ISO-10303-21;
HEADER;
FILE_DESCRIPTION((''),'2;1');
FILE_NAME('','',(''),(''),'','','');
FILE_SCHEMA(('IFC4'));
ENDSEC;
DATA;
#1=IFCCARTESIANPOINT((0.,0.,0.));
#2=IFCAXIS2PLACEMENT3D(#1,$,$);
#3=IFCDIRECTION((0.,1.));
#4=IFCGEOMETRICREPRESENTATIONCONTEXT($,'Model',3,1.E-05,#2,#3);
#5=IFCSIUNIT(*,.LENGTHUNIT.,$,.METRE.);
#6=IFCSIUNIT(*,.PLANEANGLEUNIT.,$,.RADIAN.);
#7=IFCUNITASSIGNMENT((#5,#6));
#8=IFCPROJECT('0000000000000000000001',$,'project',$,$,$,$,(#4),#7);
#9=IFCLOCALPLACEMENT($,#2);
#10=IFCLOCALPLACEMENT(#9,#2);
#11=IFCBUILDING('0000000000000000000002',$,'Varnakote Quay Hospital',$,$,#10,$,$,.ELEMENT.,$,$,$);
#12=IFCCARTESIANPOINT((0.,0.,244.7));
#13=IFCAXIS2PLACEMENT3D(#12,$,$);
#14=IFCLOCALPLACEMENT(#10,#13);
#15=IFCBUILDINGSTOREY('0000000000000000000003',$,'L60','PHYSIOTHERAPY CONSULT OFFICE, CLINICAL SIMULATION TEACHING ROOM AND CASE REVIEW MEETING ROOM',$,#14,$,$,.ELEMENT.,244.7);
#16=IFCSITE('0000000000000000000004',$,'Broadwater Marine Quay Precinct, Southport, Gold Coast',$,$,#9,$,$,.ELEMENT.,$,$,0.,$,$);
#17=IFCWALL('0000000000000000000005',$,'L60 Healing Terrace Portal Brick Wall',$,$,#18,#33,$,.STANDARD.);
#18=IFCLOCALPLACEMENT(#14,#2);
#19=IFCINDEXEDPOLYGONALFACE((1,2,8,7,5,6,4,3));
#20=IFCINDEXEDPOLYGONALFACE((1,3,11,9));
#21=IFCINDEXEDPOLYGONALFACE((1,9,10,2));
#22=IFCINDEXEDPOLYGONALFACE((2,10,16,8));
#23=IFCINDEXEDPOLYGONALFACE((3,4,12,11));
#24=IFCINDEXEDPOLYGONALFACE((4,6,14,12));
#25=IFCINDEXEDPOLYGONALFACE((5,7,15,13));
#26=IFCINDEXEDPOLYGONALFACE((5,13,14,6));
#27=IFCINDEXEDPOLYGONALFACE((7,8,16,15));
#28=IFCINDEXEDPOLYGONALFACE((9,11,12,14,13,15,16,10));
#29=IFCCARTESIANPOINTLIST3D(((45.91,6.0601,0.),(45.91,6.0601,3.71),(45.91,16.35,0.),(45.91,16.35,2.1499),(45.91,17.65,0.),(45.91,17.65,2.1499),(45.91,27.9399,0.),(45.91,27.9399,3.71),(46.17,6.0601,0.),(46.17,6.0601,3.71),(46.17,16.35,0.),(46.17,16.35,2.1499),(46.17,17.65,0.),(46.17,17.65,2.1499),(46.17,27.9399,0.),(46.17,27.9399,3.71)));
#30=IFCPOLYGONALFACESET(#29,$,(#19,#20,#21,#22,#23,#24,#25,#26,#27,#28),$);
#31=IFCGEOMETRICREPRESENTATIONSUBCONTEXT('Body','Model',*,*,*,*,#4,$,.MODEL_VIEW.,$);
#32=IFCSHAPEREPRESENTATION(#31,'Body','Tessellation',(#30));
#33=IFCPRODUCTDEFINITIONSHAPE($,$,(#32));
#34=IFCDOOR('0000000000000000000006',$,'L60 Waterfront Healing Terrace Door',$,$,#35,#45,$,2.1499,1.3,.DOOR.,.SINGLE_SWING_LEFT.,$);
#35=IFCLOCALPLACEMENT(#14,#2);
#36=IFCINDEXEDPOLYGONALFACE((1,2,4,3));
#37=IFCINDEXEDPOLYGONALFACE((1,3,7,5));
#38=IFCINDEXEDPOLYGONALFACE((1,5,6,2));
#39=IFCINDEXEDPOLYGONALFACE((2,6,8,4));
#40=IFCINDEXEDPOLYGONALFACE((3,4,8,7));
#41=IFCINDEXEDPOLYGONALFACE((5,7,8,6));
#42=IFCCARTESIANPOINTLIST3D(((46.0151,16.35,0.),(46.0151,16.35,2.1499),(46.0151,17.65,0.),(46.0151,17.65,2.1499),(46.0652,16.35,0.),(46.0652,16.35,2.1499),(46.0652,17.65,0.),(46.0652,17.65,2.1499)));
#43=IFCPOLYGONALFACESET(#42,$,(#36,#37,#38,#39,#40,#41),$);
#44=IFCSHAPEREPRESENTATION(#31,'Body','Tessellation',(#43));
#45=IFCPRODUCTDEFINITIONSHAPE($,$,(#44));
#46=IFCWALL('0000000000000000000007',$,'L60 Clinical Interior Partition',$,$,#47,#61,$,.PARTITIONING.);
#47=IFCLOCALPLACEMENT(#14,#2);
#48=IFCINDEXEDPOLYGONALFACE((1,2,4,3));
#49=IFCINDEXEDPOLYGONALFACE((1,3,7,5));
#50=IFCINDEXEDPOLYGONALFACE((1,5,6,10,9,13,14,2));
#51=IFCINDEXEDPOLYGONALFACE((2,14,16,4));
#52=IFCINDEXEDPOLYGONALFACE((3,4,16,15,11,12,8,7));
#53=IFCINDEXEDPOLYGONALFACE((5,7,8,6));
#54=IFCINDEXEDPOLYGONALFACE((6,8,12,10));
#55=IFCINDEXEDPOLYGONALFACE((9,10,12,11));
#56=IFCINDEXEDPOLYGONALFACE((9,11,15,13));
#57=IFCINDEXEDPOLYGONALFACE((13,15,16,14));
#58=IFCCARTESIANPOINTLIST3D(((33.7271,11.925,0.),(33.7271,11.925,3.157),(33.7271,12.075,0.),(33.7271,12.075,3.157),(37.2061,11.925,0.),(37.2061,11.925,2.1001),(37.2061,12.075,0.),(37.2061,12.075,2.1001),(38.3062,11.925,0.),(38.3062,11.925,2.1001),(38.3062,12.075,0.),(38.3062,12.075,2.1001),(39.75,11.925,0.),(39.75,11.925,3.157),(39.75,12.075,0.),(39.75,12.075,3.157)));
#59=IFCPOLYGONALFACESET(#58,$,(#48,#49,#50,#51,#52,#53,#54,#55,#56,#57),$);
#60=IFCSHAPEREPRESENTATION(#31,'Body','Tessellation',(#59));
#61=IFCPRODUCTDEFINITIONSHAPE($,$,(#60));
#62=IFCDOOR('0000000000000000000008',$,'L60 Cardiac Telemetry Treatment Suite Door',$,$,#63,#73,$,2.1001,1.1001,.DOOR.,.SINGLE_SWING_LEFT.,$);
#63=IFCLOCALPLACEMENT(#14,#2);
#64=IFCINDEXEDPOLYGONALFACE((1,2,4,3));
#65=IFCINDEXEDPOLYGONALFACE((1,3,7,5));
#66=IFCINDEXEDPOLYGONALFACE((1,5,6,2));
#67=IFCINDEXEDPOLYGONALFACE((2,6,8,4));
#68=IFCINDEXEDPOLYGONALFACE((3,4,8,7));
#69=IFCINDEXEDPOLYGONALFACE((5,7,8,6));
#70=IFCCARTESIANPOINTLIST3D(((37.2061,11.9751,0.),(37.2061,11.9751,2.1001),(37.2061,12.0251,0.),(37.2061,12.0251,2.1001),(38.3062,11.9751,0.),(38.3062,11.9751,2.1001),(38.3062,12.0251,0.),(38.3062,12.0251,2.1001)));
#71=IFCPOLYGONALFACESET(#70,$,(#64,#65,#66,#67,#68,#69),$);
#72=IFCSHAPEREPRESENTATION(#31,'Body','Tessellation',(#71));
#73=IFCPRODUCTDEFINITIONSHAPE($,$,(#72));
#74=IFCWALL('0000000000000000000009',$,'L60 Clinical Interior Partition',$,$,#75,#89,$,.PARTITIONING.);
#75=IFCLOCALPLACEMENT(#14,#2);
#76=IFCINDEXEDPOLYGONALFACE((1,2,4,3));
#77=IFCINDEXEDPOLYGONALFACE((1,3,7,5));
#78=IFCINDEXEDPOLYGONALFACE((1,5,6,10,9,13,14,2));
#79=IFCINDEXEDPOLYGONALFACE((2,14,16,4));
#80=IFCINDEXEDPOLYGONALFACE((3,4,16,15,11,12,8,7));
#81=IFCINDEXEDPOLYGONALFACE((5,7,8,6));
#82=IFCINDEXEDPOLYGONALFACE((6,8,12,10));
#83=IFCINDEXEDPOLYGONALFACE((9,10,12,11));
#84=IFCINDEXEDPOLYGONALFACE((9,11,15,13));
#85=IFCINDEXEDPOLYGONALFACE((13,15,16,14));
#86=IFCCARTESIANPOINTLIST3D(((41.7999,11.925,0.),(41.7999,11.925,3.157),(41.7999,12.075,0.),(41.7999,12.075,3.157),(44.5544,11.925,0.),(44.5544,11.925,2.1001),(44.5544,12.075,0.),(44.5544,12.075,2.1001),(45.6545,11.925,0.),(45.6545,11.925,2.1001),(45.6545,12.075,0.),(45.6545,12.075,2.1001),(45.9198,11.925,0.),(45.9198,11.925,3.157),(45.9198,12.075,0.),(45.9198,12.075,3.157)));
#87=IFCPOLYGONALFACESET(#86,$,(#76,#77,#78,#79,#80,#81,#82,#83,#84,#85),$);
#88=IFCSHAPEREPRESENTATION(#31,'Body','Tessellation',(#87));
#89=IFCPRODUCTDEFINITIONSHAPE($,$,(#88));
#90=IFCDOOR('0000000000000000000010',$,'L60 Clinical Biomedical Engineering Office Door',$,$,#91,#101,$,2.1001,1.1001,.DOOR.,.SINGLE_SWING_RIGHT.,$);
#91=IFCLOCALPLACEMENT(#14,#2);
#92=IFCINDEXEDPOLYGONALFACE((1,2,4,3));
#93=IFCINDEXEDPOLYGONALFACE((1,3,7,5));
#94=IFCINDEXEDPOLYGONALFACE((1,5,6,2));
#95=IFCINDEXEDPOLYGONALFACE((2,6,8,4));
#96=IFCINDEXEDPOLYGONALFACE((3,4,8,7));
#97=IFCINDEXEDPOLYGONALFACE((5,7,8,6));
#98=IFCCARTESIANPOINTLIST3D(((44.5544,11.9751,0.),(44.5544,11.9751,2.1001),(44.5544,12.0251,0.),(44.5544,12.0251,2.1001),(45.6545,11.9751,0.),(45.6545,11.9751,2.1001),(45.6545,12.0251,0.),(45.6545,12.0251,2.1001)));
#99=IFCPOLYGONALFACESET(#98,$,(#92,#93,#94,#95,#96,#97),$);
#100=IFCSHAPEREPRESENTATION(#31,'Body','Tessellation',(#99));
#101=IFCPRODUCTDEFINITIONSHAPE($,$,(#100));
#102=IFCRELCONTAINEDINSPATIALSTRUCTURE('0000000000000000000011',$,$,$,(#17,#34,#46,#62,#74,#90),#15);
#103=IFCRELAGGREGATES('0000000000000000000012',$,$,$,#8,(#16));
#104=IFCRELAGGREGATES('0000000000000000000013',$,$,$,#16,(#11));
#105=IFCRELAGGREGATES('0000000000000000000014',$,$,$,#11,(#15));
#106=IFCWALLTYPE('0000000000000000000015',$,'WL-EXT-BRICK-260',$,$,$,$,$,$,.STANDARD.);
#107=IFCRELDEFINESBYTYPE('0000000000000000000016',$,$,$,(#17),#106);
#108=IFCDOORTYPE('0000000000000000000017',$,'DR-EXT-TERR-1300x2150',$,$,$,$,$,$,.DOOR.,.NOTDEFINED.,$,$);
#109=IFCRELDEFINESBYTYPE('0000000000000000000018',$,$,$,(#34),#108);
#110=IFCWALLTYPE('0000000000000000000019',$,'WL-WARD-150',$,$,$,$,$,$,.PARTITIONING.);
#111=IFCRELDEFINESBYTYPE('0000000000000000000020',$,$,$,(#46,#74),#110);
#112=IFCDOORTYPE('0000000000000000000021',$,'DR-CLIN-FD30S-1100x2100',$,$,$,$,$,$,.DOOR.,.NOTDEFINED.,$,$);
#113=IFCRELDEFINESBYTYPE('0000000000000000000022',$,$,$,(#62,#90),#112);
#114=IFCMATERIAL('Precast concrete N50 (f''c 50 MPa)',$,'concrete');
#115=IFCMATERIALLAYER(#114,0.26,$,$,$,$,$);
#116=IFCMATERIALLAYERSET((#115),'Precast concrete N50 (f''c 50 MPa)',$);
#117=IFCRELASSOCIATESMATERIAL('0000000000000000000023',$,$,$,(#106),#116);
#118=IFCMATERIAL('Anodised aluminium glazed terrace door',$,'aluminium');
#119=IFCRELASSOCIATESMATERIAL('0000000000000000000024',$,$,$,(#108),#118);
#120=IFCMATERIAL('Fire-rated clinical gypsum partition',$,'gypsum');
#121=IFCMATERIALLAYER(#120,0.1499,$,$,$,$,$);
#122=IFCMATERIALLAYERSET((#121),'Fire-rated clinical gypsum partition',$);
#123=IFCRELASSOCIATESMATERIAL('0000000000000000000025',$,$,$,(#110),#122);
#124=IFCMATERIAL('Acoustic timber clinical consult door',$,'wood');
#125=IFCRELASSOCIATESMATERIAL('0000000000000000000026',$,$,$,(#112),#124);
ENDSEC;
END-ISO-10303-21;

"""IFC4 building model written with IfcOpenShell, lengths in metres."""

from ifc_helpers import new_model, si_unit, direction, frame, frame_2d, origin, place, context, subcontext, project, spatial, rectangle, extrude, material, layer, layer_set, type_object, element, fill, save


model = new_model("IFC4")

# Units and contexts
model_context = context("Model", 3, precision=1e-05, world=origin(), true_north=direction((0.0, 1.0)))
body_context = subcontext(model_context, "Body", "Model", "MODEL_VIEW")
ifc_project = project(units=[si_unit("LENGTHUNIT", "METRE"), si_unit("PLANEANGLEUNIT", "RADIAN")], contexts=[model_context])

# Site, building, storey
site_placement = place(None, origin())
site = spatial("IfcSite", under=ifc_project, at=site_placement, Name="Broadwater Marine Quay Precinct, Southport, Gold Coast", CompositionType="ELEMENT", RefElevation=0.0)
building_placement = place(site_placement, origin())
building = spatial("IfcBuilding", under=site, at=building_placement, Name="Varnakote Quay Hospital", CompositionType="ELEMENT")
storey_placement = place(building_placement, frame((0.0, 0.0, 244.7)))
storey = spatial("IfcBuildingStorey", under=building, at=storey_placement, Name="L60", Description="PHYSIOTHERAPY CONSULT OFFICE, CLINICAL SIMULATION TEACHING ROOM AND CASE REVIEW MEETING ROOM", CompositionType="ELEMENT", Elevation=244.7)

# Shared definitions
ifc_material_1 = material(Name="Precast concrete N50 (f'c 50 MPa)", Category="concrete")
ifc_layer_1 = layer(ifc_material_1, 0.26)
ifc_layer_set_1 = layer_set([ifc_layer_1], Name="Precast concrete N50 (f'c 50 MPa)")
wall_type_1 = type_object("IfcWallType", Name="WL-EXT-BRICK-260", PredefinedType="STANDARD", material=ifc_layer_set_1)

# Walls, openings, doors
wall_1_placement = place(storey_placement, frame((46.04, 6.0601, 0.0), z_axis=(0.0, 0.0, 1.0), x_axis=(0.0, 1.0, 0.0)))
wall_1 = element("IfcWall", 1, at=wall_1_placement, inside=storey, type_object=wall_type_1, Name="L60 Healing Terrace Portal Brick Wall", PredefinedType="STANDARD", context=body_context, shape_type="SweptSolid", body=[
    extrude(rectangle(XDim=21.8799, YDim=0.26, at=frame_2d((10.9399, 0.0))), origin(), (0.0, 0.0, 1.0), 3.71),
])
opening_1_placement = place(wall_1_placement, frame((10.29, 0.0, 0.0)))
opening_1 = element("IfcOpeningElement", 2, at=opening_1_placement, cuts=wall_1, PredefinedType="OPENING", context=body_context, shape_type="SweptSolid", body=[
    extrude(rectangle(XDim=1.3, YDim=2.1499, at=frame_2d((0.6499, 1.075))), frame((0.0, 0.1399, 0.0), z_axis=(0.0, -1.0, 0.0), x_axis=(1.0, 0.0, 0.0)), (0.0, 0.0, 1.0), 0.28),
])
ifc_material_2 = material(Name="Anodised aluminium glazed terrace door", Category="aluminium")
door_type_1 = type_object("IfcDoorType", Name="DR-EXT-TERR-1300x2150", OperationType="NOTDEFINED", PredefinedType="DOOR", material=ifc_material_2)
door_1_placement = place(opening_1_placement, origin())
door_1 = element("IfcDoor", 3, at=door_1_placement, inside=storey, type_object=door_type_1, Name="L60 Waterfront Healing Terrace Door", OperationType="SINGLE_SWING_LEFT", OverallHeight=2.1499, OverallWidth=1.3, PredefinedType="DOOR", context=body_context, shape_type="SweptSolid", body=[
    extrude(rectangle(XDim=1.3, YDim=2.1499, at=frame_2d((0.6499, 1.075))), frame((0.0, 0.0249, 0.0), z_axis=(0.0, -1.0, 0.0), x_axis=(1.0, 0.0, 0.0)), (0.0, 0.0, 1.0), 0.05),
])
fill(opening_1, door_1)
ifc_material_3 = material(Name="Fire-rated clinical gypsum partition", Category="gypsum")
ifc_layer_2 = layer(ifc_material_3, 0.1499)
ifc_layer_set_2 = layer_set([ifc_layer_2], Name="Fire-rated clinical gypsum partition")
wall_type_2 = type_object("IfcWallType", Name="WL-WARD-150", PredefinedType="PARTITIONING", material=ifc_layer_set_2)
wall_2_placement = place(storey_placement, frame((39.75, 12.0, 0.0), z_axis=(0.0, 0.0, 1.0), x_axis=(-1.0, 0.0, 0.0)))
wall_2 = element("IfcWall", 4, at=wall_2_placement, inside=storey, type_object=wall_type_2, Name="L60 Clinical Interior Partition", PredefinedType="PARTITIONING", context=body_context, shape_type="SweptSolid", body=[
    extrude(rectangle(XDim=6.0229, YDim=0.1499, at=frame_2d((3.0115, 0.0))), origin(), (0.0, 0.0, 1.0), 3.157),
])
opening_2_placement = place(wall_2_placement, frame((1.4438, 0.0, 0.0)))
opening_2 = element("IfcOpeningElement", 5, at=opening_2_placement, cuts=wall_2, PredefinedType="OPENING", context=body_context, shape_type="SweptSolid", body=[
    extrude(rectangle(XDim=1.1001, YDim=2.1001, at=frame_2d((0.55, 1.05))), frame((0.0, 0.085, 0.0), z_axis=(0.0, -1.0, 0.0), x_axis=(1.0, 0.0, 0.0)), (0.0, 0.0, 1.0), 0.1699),
])
ifc_material_4 = material(Name="Acoustic timber clinical consult door", Category="wood")
door_type_2 = type_object("IfcDoorType", Name="DR-CLIN-FD30S-1100x2100", OperationType="NOTDEFINED", PredefinedType="DOOR", material=ifc_material_4)
door_2_placement = place(opening_2_placement, origin())
door_2 = element("IfcDoor", 6, at=door_2_placement, inside=storey, type_object=door_type_2, Name="L60 Cardiac Telemetry Treatment Suite Door", OperationType="SINGLE_SWING_LEFT", OverallHeight=2.1001, OverallWidth=1.1001, PredefinedType="DOOR", context=body_context, shape_type="SweptSolid", body=[
    extrude(rectangle(XDim=1.1001, YDim=2.1001, at=frame_2d((0.55, 1.05))), frame((0.0, 0.0249, 0.0), z_axis=(0.0, -1.0, 0.0), x_axis=(1.0, 0.0, 0.0)), (0.0, 0.0, 1.0), 0.05),
])
fill(opening_2, door_2)
wall_3_placement = place(storey_placement, frame((45.9199, 12.0, 0.0), z_axis=(0.0, 0.0, 1.0), x_axis=(-1.0, 0.0, 0.0)))
wall_3 = element("IfcWall", 7, at=wall_3_placement, inside=storey, type_object=wall_type_2, Name="L60 Clinical Interior Partition", PredefinedType="PARTITIONING", context=body_context, shape_type="SweptSolid", body=[
    extrude(rectangle(XDim=4.1199, YDim=0.1499, at=frame_2d((2.0601, 0.0))), origin(), (0.0, 0.0, 1.0), 3.157),
])
opening_3_placement = place(wall_3_placement, frame((0.2654, 0.0, 0.0)))
opening_3 = element("IfcOpeningElement", 8, at=opening_3_placement, cuts=wall_3, PredefinedType="OPENING", context=body_context, shape_type="SweptSolid", body=[
    extrude(rectangle(XDim=1.1001, YDim=2.1001, at=frame_2d((0.55, 1.05))), frame((0.0, 0.085, 0.0), z_axis=(0.0, -1.0, 0.0), x_axis=(1.0, 0.0, 0.0)), (0.0, 0.0, 1.0), 0.1699),
])
door_3_placement = place(opening_3_placement, origin())
door_3 = element("IfcDoor", 9, at=door_3_placement, inside=storey, type_object=door_type_2, Name="L60 Clinical Biomedical Engineering Office Door", OperationType="SINGLE_SWING_RIGHT", OverallHeight=2.1001, OverallWidth=1.1001, PredefinedType="DOOR", context=body_context, shape_type="SweptSolid", body=[
    extrude(rectangle(XDim=1.1001, YDim=2.1001, at=frame_2d((0.55, 1.05))), frame((0.0, 0.0249, 0.0), z_axis=(0.0, -1.0, 0.0), x_axis=(1.0, 0.0, 0.0)), (0.0, 0.0, 1.0), 0.05),
])
fill(opening_3, door_3)

save(model, "model.ifc")
